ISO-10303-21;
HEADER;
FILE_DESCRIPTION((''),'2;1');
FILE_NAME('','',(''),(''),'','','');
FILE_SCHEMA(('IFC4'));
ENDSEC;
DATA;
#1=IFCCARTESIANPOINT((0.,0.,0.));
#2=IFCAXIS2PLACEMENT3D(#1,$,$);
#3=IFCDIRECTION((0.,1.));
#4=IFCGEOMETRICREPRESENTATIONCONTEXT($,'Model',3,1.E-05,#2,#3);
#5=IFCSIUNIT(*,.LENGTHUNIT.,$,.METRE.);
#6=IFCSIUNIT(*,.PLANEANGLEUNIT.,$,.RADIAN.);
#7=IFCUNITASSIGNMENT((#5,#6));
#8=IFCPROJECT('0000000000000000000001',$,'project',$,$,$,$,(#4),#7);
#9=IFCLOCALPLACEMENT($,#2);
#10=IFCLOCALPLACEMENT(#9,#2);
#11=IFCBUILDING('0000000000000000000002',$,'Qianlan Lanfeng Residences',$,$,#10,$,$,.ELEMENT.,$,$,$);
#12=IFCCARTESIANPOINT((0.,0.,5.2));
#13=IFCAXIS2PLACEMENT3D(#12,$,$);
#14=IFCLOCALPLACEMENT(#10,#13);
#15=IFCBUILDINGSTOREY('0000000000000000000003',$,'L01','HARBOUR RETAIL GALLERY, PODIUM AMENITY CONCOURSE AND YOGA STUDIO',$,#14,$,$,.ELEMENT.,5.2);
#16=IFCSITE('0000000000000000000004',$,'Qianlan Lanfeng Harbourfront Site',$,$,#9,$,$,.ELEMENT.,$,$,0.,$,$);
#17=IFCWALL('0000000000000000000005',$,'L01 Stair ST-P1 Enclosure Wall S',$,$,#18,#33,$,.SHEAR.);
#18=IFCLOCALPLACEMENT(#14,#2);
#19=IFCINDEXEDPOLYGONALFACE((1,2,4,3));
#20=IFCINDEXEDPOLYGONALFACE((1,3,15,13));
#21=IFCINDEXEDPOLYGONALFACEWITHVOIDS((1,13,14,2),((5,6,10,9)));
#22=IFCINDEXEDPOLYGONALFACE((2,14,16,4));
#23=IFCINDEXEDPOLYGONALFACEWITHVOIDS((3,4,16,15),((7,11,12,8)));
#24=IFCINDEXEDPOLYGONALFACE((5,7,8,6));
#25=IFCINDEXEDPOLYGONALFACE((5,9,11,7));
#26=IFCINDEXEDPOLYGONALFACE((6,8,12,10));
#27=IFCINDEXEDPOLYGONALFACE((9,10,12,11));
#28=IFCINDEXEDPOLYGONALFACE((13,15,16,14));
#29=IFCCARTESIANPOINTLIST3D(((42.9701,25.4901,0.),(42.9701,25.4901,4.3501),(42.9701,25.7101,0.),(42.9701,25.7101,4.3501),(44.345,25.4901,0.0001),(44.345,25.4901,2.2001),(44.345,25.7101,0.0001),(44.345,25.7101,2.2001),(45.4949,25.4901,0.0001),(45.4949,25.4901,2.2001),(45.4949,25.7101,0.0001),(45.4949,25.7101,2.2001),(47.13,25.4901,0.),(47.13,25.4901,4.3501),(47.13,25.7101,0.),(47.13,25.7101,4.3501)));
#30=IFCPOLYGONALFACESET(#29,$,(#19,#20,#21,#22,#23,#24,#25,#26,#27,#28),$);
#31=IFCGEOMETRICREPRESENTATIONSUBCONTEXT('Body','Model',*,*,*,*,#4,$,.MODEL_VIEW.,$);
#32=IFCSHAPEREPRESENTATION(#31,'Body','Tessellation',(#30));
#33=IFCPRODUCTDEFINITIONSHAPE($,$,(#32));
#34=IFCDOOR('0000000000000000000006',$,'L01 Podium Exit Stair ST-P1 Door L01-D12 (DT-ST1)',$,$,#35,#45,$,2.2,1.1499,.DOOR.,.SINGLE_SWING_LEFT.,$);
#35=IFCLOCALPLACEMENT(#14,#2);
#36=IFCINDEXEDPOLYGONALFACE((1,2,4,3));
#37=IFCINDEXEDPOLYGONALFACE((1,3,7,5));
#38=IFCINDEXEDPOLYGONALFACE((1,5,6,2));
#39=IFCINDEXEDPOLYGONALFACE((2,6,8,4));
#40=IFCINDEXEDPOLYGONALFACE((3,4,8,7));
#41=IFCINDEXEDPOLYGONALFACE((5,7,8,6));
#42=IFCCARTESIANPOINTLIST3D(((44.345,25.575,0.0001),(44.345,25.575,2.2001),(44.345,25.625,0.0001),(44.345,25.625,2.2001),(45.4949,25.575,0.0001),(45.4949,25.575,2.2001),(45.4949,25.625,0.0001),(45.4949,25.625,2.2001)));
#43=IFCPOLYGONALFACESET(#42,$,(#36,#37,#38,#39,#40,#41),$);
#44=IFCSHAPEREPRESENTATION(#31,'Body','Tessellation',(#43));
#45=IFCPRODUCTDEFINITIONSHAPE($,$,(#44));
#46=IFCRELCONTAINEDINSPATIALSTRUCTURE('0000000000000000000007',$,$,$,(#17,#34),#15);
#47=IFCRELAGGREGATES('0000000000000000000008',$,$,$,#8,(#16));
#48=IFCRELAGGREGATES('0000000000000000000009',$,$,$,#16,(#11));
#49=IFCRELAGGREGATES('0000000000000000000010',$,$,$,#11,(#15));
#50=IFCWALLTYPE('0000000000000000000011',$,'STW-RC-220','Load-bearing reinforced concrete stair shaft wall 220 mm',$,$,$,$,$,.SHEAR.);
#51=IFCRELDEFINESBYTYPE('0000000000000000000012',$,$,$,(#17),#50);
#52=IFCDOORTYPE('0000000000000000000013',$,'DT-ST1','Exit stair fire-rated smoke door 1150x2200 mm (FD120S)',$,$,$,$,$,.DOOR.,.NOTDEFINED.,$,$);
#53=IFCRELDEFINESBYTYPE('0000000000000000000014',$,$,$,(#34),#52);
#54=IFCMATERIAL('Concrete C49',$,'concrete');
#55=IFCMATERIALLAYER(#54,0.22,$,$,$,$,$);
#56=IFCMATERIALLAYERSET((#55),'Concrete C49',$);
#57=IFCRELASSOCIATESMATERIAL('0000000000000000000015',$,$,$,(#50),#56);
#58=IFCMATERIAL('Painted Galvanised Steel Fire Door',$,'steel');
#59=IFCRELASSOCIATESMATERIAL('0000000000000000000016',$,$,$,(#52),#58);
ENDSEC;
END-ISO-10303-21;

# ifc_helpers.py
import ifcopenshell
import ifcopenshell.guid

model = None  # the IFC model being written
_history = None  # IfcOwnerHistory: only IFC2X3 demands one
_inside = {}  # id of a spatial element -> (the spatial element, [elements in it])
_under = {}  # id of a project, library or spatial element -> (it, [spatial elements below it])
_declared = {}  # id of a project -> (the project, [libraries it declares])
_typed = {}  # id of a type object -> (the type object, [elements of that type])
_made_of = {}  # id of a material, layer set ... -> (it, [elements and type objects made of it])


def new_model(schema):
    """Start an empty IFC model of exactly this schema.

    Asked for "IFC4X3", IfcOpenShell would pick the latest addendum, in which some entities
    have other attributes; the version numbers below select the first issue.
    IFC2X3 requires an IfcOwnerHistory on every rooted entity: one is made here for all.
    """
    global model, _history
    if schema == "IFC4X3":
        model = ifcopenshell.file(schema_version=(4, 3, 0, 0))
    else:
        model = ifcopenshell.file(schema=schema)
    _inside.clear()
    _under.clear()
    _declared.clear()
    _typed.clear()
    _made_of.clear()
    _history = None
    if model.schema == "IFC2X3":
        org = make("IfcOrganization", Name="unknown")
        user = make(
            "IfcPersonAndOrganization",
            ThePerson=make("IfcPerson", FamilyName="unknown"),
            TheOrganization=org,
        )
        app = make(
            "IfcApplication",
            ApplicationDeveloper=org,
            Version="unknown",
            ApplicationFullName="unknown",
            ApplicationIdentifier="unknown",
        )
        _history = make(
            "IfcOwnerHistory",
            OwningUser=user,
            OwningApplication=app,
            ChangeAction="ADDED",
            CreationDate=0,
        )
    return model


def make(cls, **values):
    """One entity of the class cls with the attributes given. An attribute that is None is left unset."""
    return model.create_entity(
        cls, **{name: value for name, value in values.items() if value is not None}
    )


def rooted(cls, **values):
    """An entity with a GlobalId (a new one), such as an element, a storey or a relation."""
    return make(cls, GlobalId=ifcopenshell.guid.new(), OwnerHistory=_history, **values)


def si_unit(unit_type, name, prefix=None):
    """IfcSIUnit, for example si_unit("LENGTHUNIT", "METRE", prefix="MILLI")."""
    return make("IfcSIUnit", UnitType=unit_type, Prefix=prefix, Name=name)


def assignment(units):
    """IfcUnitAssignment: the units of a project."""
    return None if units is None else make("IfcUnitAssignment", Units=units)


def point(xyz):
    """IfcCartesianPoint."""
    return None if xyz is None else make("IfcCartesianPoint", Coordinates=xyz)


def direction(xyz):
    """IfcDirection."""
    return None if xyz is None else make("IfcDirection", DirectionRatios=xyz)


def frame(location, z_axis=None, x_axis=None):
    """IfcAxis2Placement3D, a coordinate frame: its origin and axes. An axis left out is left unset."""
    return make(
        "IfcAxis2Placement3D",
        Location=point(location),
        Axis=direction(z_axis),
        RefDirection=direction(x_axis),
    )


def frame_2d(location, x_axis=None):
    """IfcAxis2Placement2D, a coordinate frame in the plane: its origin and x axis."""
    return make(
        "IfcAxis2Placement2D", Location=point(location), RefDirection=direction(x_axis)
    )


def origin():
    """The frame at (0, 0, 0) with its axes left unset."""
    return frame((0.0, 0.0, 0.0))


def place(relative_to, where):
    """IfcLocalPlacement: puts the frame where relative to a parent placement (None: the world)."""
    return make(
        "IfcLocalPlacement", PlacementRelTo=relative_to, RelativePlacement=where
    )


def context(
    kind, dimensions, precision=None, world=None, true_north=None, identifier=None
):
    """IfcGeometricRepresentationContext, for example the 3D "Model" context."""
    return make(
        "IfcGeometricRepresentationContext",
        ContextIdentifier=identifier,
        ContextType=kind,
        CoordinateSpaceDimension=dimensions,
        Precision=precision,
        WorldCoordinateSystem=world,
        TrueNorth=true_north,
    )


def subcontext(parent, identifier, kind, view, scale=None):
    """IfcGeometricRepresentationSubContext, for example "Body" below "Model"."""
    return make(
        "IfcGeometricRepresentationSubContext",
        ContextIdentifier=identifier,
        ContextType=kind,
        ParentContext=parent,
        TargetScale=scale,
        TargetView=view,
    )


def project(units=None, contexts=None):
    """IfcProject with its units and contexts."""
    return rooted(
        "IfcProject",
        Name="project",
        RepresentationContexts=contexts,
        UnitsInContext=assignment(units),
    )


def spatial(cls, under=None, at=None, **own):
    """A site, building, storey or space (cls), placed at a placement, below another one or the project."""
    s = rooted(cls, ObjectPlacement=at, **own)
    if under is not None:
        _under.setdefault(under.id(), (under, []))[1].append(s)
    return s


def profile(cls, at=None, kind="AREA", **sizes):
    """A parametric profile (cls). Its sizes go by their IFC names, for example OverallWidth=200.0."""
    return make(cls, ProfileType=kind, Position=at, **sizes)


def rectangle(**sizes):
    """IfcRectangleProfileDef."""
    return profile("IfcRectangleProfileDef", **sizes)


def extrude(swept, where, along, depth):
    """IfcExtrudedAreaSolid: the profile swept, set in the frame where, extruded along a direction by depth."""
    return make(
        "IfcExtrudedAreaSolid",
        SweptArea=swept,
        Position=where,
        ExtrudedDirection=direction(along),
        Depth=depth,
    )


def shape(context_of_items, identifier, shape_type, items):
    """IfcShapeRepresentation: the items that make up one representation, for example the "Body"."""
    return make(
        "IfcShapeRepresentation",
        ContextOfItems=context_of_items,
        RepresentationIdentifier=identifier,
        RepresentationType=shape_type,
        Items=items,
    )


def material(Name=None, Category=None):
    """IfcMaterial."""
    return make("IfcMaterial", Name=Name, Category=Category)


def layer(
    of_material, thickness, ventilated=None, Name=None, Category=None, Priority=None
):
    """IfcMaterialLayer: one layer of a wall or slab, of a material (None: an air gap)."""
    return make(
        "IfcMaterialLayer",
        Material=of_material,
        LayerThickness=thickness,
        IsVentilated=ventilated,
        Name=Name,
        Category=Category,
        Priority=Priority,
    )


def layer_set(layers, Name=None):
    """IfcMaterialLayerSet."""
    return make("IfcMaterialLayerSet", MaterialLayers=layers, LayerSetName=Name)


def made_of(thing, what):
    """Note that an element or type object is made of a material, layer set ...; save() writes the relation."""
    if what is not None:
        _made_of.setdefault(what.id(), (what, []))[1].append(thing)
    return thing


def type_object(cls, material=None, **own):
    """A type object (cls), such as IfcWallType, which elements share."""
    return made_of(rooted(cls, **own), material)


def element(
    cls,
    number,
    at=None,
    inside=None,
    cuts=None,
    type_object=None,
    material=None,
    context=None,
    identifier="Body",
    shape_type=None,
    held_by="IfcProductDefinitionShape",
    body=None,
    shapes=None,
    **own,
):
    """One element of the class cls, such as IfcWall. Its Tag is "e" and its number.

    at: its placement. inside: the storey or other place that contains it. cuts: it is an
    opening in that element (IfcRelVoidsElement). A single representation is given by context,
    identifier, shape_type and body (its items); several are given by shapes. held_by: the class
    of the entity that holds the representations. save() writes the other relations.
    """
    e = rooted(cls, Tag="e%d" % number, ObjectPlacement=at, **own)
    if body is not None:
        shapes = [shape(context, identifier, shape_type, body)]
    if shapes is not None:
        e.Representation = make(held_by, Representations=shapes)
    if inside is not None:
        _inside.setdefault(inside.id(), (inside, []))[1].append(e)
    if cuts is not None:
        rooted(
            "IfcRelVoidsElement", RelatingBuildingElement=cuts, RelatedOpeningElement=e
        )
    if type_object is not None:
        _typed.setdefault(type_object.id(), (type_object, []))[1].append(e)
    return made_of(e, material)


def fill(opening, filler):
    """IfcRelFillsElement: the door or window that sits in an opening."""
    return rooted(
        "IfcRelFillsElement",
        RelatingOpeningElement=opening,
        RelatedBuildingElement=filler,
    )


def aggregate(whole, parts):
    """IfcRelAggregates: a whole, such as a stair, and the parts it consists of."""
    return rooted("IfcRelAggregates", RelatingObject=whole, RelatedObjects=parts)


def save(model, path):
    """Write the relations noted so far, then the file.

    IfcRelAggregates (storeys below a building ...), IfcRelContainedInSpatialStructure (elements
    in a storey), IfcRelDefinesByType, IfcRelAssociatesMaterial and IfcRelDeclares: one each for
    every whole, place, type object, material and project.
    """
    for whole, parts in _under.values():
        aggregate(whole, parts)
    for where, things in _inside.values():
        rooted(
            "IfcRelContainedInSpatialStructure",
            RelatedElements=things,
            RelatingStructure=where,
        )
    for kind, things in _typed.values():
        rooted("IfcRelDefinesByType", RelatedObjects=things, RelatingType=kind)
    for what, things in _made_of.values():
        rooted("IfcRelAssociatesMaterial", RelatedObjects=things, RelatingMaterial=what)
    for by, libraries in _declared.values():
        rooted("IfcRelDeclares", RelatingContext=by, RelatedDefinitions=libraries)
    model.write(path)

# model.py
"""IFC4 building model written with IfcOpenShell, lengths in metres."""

from ifc_helpers import new_model, si_unit, direction, frame, frame_2d, origin, place, context, subcontext, project, spatial, rectangle, extrude, material, layer, layer_set, type_object, element, fill, save


model = new_model("IFC4")

# Units and contexts
model_context = context("Model", 3, precision=1e-05, world=origin(), true_north=direction((0.0, 1.0)))
body_context = subcontext(model_context, "Body", "Model", "MODEL_VIEW")
ifc_project = project(units=[si_unit("LENGTHUNIT", "METRE"), si_unit("PLANEANGLEUNIT", "RADIAN")], contexts=[model_context])

# Site, building, storey
site_placement = place(None, origin())
site = spatial("IfcSite", under=ifc_project, at=site_placement, Name="Qianlan Lanfeng Harbourfront Site", CompositionType="ELEMENT", RefElevation=0.0)
building_placement = place(site_placement, origin())
building = spatial("IfcBuilding", under=site, at=building_placement, Name="Qianlan Lanfeng Residences", CompositionType="ELEMENT")
storey_placement = place(building_placement, frame((0.0, 0.0, 5.2)))
storey = spatial("IfcBuildingStorey", under=building, at=storey_placement, Name="L01", Description="HARBOUR RETAIL GALLERY, PODIUM AMENITY CONCOURSE AND YOGA STUDIO", CompositionType="ELEMENT", Elevation=5.2)

# Shared definitions
ifc_material_1 = material(Name="Concrete C49", Category="concrete")
ifc_layer_1 = layer(ifc_material_1, 0.22)
ifc_layer_set_1 = layer_set([ifc_layer_1], Name="Concrete C49")
wall_type_1 = type_object("IfcWallType", Name="STW-RC-220", Description="Load-bearing reinforced concrete stair shaft wall 220 mm", PredefinedType="SHEAR", material=ifc_layer_set_1)

# Wall, opening, door
wall_1_placement = place(storey_placement, frame((42.97, 25.6001, 0.0), z_axis=(0.0, 0.0, 1.0), x_axis=(1.0, 0.0, 0.0)))
wall_1 = element("IfcWall", 1, at=wall_1_placement, inside=storey, type_object=wall_type_1, Name="L01 Stair ST-P1 Enclosure Wall S", PredefinedType="SHEAR", context=body_context, shape_type="SweptSolid", body=[
    extrude(rectangle(XDim=4.1599, YDim=0.22, at=frame_2d((2.0801, 0.0))), origin(), (0.0, 0.0, 1.0), 4.3501),
])
opening_1_placement = place(wall_1_placement, frame((1.375, 0.0, 0.0)))
opening_1 = element("IfcOpeningElement", 2, at=opening_1_placement, cuts=wall_1, PredefinedType="OPENING", context=body_context, shape_type="SweptSolid", body=[
    extrude(rectangle(XDim=1.1499, YDim=2.2, at=frame_2d((0.575, 1.1001))), frame((0.0, 0.1201, 0.0), z_axis=(0.0, -1.0, 0.0), x_axis=(1.0, 0.0, 0.0)), (0.0, 0.0, 1.0), 0.24),
])
ifc_material_2 = material(Name="Painted Galvanised Steel Fire Door", Category="steel")
door_type_1 = type_object("IfcDoorType", Name="DT-ST1", Description="Exit stair fire-rated smoke door 1150x2200 mm (FD120S)", OperationType="NOTDEFINED", PredefinedType="DOOR", material=ifc_material_2)
door_1_placement = place(opening_1_placement, origin())
door_1 = element("IfcDoor", 3, at=door_1_placement, inside=storey, type_object=door_type_1, Name="L01 Podium Exit Stair ST-P1 Door L01-D12 (DT-ST1)", OperationType="SINGLE_SWING_LEFT", OverallHeight=2.2, OverallWidth=1.1499, PredefinedType="DOOR", context=body_context, shape_type="SweptSolid", body=[
    extrude(rectangle(XDim=1.1499, YDim=2.2, at=frame_2d((0.575, 1.1001))), frame((0.0, 0.0249, 0.0), z_axis=(0.0, -1.0, 0.0), x_axis=(1.0, 0.0, 0.0)), (0.0, 0.0, 1.0), 0.05),
])
fill(opening_1, door_1)

save(model, "model.ifc")
